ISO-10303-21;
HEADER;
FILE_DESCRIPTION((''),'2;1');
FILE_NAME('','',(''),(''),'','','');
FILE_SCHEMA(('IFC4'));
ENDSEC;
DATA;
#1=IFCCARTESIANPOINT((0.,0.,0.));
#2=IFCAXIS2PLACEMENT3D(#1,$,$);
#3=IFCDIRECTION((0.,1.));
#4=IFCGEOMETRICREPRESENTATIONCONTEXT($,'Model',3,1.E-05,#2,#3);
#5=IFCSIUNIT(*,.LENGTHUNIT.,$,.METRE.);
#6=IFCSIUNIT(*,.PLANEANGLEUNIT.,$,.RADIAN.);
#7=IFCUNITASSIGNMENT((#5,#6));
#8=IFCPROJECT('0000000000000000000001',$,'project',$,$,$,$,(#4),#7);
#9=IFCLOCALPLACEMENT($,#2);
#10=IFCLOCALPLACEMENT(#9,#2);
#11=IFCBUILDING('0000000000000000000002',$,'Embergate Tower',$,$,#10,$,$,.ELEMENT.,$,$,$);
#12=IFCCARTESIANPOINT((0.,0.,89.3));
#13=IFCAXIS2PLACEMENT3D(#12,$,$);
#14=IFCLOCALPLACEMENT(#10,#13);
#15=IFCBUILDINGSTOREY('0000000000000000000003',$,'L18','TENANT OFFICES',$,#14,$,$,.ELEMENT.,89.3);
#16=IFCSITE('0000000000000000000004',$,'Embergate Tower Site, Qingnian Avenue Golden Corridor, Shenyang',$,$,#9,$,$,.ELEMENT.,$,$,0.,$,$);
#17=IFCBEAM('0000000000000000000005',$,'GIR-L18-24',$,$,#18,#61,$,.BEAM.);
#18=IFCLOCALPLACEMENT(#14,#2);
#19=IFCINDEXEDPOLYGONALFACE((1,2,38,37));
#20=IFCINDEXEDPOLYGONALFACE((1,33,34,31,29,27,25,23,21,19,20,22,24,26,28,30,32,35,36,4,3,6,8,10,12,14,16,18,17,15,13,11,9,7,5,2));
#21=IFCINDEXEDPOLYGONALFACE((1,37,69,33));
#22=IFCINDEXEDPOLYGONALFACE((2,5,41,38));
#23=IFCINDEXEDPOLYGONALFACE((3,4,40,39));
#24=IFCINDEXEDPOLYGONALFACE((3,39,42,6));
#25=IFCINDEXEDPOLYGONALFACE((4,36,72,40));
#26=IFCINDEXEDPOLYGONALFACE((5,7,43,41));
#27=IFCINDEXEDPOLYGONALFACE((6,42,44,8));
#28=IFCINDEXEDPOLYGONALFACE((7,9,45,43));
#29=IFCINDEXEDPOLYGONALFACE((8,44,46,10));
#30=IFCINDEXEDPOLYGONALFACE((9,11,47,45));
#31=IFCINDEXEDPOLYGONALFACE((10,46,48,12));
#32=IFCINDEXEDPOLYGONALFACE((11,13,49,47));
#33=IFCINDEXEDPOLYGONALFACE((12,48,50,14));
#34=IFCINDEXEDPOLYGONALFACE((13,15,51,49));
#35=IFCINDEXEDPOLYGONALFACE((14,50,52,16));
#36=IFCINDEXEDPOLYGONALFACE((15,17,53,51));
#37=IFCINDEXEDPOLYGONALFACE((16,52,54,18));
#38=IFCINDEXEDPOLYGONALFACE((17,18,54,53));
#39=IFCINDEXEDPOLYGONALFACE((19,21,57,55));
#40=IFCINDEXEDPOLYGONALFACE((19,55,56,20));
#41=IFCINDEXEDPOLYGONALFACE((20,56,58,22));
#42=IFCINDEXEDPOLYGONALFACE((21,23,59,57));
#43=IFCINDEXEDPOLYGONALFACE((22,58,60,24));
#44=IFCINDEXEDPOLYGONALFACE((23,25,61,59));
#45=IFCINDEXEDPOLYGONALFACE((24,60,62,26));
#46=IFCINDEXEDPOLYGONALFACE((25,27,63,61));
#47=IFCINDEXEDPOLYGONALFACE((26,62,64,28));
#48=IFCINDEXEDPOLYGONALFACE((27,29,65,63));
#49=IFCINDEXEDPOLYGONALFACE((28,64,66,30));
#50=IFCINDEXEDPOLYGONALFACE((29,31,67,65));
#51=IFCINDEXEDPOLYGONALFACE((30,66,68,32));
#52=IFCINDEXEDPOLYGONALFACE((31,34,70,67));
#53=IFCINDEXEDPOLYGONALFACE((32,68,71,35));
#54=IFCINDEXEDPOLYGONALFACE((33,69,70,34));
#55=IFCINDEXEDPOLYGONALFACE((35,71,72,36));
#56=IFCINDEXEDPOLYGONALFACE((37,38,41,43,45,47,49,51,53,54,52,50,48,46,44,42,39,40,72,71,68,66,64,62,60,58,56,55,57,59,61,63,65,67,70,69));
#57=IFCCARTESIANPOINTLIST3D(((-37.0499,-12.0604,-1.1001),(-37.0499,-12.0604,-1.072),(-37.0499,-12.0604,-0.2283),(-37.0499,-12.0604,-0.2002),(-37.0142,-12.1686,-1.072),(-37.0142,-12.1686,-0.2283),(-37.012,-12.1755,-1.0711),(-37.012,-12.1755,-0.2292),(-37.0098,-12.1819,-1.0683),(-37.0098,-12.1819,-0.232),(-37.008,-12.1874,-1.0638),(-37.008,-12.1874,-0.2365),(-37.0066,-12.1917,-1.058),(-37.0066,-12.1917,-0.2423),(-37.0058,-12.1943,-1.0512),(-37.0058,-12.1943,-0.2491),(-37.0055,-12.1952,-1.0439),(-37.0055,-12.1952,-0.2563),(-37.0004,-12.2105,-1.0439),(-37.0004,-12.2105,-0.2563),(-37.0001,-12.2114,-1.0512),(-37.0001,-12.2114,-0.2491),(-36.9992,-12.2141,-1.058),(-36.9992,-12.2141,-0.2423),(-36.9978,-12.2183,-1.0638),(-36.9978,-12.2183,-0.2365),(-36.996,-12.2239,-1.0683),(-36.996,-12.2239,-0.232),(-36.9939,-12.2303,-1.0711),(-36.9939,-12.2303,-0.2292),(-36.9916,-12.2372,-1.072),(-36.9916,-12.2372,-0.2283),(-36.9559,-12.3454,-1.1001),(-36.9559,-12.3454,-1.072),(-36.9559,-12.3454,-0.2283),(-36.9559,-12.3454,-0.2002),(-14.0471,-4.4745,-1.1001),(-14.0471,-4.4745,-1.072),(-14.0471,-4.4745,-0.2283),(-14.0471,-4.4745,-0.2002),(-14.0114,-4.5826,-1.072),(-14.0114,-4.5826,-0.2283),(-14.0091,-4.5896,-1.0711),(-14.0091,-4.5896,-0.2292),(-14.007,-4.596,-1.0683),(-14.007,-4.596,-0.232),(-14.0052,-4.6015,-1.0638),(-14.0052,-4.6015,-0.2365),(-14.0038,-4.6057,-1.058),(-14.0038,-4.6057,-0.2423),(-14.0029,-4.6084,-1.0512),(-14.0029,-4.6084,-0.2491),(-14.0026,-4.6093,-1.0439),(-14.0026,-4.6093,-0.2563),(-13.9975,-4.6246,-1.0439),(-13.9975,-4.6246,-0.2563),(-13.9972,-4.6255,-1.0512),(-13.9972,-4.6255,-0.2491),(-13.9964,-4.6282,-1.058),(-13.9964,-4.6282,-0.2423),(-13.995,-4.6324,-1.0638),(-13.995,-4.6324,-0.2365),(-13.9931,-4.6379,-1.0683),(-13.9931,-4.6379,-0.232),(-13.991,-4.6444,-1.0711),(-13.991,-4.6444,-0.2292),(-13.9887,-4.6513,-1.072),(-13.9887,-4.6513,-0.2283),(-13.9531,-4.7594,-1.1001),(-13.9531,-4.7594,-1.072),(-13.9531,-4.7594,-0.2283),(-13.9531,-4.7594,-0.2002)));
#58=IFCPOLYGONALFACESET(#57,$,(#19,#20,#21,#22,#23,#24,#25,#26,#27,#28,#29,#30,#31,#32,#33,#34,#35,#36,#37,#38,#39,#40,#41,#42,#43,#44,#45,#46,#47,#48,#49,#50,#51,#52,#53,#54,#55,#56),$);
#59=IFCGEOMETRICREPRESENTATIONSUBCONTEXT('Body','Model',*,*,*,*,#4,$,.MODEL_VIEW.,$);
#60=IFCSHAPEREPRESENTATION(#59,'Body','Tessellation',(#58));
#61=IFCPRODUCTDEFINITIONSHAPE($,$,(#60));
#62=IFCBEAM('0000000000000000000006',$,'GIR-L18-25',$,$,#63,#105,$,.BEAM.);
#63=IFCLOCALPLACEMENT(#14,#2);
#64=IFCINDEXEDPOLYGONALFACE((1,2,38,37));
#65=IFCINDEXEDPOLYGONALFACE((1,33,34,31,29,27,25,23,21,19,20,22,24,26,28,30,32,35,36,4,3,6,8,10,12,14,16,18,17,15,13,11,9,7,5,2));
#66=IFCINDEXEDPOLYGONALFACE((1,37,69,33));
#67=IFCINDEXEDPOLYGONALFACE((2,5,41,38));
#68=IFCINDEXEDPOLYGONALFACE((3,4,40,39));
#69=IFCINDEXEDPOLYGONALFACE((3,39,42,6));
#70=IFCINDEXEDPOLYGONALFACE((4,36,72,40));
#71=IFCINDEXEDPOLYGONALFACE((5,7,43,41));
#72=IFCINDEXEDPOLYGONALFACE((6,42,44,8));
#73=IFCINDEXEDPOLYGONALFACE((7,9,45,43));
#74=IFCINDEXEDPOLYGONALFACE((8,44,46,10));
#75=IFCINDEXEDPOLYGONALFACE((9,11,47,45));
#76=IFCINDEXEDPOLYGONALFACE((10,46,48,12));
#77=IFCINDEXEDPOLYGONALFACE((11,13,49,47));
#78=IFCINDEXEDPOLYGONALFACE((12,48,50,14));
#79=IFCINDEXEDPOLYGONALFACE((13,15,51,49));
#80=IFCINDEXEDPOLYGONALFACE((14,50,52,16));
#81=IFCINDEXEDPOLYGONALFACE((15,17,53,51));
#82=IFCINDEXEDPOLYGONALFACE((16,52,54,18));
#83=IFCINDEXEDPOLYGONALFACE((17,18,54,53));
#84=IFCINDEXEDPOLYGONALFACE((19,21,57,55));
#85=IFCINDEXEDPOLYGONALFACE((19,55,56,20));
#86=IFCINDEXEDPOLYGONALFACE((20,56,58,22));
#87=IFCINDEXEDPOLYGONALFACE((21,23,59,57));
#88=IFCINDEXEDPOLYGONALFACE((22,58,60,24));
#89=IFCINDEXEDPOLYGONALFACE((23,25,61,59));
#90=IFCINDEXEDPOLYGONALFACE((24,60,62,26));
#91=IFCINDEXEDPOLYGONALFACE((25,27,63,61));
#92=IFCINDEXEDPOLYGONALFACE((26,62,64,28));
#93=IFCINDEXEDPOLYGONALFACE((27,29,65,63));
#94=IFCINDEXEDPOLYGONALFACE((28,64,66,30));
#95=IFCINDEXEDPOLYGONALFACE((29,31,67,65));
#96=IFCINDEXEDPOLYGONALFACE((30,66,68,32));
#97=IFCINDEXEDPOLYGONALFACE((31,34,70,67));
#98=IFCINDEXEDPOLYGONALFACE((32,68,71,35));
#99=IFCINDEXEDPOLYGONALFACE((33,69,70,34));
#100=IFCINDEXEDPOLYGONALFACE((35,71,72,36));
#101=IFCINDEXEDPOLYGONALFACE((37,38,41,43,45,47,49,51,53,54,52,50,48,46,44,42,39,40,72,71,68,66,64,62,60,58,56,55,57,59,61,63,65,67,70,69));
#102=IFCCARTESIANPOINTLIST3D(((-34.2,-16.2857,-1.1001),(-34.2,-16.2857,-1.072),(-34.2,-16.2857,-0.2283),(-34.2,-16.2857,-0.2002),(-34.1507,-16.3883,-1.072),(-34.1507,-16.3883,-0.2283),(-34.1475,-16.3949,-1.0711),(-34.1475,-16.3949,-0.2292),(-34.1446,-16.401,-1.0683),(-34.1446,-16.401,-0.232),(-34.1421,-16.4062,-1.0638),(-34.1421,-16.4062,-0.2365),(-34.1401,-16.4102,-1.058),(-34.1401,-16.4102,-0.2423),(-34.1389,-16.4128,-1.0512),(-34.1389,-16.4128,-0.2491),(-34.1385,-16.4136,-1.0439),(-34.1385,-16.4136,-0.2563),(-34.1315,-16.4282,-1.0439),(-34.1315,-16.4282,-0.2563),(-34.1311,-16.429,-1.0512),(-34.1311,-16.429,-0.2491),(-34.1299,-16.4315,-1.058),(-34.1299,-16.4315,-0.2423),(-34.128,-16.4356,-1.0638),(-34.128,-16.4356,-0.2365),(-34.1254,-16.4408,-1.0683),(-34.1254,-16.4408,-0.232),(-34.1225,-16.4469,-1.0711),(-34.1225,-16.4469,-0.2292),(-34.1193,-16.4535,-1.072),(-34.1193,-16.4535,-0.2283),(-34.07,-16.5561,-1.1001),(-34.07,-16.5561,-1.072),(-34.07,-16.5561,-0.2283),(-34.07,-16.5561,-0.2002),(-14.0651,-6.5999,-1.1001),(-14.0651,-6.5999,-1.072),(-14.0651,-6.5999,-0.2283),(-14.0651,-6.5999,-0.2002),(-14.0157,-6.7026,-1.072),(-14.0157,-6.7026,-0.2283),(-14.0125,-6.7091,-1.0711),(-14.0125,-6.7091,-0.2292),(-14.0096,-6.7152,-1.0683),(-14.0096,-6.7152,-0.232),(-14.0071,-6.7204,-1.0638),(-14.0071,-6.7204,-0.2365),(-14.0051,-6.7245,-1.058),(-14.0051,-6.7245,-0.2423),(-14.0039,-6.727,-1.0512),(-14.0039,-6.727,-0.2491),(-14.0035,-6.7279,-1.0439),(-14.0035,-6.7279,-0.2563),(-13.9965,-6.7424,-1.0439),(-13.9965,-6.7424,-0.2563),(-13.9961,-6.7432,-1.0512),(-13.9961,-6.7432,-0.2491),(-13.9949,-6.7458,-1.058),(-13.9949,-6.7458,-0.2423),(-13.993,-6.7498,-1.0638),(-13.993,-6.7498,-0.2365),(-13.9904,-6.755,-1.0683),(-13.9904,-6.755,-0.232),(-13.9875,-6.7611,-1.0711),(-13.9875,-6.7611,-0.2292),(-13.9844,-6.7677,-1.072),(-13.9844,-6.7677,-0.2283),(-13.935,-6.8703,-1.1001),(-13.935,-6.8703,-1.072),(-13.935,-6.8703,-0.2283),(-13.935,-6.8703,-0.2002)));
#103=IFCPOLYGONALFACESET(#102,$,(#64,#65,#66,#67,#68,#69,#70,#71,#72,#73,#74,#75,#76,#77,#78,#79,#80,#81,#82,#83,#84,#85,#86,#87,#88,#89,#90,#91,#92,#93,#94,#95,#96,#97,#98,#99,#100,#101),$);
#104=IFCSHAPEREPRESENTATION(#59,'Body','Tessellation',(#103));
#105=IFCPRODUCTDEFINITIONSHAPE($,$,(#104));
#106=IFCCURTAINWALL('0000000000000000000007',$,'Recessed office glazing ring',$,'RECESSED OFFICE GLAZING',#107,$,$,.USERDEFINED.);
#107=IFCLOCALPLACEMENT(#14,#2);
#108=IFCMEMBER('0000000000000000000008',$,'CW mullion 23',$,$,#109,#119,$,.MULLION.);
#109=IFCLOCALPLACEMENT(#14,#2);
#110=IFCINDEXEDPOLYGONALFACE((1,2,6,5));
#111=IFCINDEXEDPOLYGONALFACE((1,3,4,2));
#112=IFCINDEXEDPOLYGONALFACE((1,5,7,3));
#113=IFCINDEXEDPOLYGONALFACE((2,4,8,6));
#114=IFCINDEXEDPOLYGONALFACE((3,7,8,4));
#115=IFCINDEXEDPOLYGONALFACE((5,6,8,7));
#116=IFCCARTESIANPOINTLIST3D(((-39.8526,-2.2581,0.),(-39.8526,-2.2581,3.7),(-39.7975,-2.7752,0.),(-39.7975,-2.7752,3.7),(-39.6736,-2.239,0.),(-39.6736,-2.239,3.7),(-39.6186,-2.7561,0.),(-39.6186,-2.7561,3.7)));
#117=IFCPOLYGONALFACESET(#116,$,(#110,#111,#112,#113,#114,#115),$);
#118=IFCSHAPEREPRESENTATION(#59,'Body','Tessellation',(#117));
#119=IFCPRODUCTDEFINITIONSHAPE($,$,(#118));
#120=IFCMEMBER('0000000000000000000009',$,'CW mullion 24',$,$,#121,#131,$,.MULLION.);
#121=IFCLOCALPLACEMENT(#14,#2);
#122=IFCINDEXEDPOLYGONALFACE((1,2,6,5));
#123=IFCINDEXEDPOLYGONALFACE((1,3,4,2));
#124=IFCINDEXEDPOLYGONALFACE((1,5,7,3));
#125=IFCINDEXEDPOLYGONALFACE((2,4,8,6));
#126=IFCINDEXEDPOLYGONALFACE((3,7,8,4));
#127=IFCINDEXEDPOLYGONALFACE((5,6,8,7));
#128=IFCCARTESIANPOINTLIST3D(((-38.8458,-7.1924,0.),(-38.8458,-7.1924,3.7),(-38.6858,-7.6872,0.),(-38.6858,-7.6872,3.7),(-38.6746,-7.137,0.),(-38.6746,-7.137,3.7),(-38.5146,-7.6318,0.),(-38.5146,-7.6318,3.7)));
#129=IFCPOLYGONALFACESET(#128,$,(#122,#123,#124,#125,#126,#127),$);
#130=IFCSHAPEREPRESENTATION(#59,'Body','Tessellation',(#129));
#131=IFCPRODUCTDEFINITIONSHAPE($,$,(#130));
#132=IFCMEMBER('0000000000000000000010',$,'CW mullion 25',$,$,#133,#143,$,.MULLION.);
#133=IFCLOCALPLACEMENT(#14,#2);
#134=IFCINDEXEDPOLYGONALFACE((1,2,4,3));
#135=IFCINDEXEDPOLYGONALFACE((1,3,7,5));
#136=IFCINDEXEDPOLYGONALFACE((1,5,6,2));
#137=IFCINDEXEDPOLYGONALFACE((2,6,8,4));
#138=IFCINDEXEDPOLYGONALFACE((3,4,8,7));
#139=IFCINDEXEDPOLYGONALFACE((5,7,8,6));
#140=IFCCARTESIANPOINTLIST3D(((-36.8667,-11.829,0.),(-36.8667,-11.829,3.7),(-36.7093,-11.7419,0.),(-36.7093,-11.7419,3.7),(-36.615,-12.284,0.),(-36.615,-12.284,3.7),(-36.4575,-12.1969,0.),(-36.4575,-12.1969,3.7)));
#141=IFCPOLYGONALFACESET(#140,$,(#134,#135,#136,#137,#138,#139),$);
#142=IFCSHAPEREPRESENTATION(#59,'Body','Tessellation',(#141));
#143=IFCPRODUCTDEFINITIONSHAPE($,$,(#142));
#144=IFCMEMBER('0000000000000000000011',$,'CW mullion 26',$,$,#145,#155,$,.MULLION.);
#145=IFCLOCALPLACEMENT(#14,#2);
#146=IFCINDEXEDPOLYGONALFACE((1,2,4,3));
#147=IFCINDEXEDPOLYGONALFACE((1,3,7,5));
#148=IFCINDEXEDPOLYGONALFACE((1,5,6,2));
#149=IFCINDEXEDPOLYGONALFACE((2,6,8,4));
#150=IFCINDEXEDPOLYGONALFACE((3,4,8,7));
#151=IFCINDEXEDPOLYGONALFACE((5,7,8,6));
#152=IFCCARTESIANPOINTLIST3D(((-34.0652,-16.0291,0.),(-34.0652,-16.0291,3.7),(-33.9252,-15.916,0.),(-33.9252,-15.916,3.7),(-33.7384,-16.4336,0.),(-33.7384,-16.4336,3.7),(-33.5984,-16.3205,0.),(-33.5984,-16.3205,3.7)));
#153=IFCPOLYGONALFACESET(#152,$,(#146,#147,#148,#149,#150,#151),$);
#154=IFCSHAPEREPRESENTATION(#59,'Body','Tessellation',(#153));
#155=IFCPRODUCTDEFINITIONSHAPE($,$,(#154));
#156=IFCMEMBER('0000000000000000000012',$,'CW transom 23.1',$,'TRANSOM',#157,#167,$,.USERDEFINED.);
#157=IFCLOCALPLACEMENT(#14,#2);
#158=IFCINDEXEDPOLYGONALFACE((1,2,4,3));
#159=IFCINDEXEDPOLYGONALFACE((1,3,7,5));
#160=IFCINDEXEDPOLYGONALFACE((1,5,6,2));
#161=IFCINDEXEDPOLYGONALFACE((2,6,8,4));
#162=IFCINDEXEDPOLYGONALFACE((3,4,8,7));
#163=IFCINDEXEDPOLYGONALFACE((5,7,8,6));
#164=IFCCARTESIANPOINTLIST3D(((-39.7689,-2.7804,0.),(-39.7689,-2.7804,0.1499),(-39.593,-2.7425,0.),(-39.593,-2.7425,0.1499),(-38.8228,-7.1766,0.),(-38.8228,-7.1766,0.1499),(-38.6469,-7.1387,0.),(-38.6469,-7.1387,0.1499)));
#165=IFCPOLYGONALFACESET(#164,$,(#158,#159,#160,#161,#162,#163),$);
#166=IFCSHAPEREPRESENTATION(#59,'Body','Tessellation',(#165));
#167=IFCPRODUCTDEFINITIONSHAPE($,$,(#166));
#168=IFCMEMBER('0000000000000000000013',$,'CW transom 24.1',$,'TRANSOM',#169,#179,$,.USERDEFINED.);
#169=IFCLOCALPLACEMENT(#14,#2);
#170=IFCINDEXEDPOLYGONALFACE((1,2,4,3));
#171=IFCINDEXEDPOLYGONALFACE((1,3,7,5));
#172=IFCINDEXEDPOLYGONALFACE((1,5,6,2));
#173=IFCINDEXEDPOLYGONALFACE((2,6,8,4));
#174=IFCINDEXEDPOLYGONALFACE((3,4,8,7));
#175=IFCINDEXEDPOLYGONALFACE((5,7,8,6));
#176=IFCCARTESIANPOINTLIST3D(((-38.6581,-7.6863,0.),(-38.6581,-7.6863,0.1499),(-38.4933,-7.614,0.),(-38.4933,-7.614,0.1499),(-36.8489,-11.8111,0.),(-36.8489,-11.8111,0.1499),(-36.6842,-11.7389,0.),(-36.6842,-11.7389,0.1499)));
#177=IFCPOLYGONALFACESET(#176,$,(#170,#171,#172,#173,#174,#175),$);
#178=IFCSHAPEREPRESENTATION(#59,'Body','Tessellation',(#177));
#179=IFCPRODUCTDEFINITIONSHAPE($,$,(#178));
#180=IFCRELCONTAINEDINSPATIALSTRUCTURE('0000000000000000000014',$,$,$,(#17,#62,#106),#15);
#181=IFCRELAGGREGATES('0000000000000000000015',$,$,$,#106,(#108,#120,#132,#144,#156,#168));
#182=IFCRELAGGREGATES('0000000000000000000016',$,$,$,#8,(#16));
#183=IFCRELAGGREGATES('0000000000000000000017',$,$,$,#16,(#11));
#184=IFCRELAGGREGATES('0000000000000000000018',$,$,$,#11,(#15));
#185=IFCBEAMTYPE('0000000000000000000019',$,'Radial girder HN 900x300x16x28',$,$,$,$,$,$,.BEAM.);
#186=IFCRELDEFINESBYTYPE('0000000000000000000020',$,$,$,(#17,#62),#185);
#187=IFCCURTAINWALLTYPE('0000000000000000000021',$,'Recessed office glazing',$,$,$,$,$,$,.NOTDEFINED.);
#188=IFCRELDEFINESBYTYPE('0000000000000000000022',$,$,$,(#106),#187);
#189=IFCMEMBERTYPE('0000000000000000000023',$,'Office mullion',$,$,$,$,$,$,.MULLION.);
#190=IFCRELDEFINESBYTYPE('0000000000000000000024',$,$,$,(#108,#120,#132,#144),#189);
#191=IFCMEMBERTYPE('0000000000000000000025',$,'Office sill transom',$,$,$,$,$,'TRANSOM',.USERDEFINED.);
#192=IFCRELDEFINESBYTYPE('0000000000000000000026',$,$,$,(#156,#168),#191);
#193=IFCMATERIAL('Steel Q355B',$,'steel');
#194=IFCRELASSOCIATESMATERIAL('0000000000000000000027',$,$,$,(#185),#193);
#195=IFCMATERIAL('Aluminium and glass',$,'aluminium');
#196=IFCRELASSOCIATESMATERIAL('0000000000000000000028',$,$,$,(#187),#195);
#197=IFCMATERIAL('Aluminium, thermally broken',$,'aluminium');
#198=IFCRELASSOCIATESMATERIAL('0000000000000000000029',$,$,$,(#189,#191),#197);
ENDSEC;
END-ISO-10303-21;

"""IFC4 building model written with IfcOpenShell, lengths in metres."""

from ifc_helpers import new_model, si_unit, direction, frame, origin, origin_2d, place, context, subcontext, project, spatial, rectangle, i_section, extrude, source, transform, mapped, material, material_profile, profile_set, type_object, element, aggregate, save


model = new_model("IFC4")

# Units and contexts
model_context = context("Model", 3, precision=1e-05, world=origin(), true_north=direction((0.0, 1.0)))
body_context = subcontext(model_context, "Body", "Model", "MODEL_VIEW")
ifc_project = project(units=[si_unit("LENGTHUNIT", "METRE"), si_unit("PLANEANGLEUNIT", "RADIAN")], contexts=[model_context])

# Site, building, storey
site_placement = place(None, origin())
site = spatial("IfcSite", under=ifc_project, at=site_placement, Name="Embergate Tower Site, Qingnian Avenue Golden Corridor, Shenyang", CompositionType="ELEMENT", RefElevation=0.0)
building_placement = place(site_placement, origin())
building = spatial("IfcBuilding", under=site, at=building_placement, Name="Embergate Tower", CompositionType="ELEMENT")
storey_placement = place(building_placement, frame((0.0, 0.0, 89.3)))
storey = spatial("IfcBuildingStorey", under=building, at=storey_placement, Name="L18", Description="TENANT OFFICES", CompositionType="ELEMENT", Elevation=89.3)

# Beams
ifc_material_1 = material(Name="Steel Q355B", Category="steel")
ifc_material_profile_1 = material_profile(ifc_material_1, i_section(OverallWidth=0.3, OverallDepth=0.8999, WebThickness=0.0161, FlangeThickness=0.0281, FilletRadius=0.0281, at=origin_2d()), Name="HN 900x300x16x28")
ifc_profile_set_1 = profile_set([ifc_material_profile_1], Name="Steel Q355 grade B")
beam_type_1 = type_object("IfcBeamType", Name="Radial girder HN 900x300x16x28", PredefinedType="BEAM", material=ifc_profile_set_1)
shared_shape_1 = source(origin(), body_context, "Body", "SweptSolid", [
    extrude(i_section(OverallWidth=0.3, OverallDepth=0.8999, WebThickness=0.0161, FlangeThickness=0.0281, FilletRadius=0.0281, at=origin_2d()), origin(), (0.0, 0.0, 1.0), 24.2214),
])
beam_1_placement = place(storey_placement, frame((-37.0029, -12.2029, -0.6501), z_axis=(0.94969, 0.31319, 0.0), x_axis=(-0.31319, 0.94969, 0.0)))
element("IfcBeam", 1, at=beam_1_placement, inside=storey, type_object=beam_type_1, Name="GIR-L18-24", PredefinedType="BEAM", context=body_context, shape_type="MappedRepresentation", body=[
    mapped(shared_shape_1, transform((0.0, 0.0, 0.0))),
])
shared_shape_2 = source(origin(), body_context, "Body", "SweptSolid", [
    extrude(i_section(OverallWidth=0.3, OverallDepth=0.8999, WebThickness=0.0161, FlangeThickness=0.0281, FilletRadius=0.0281, at=origin_2d()), origin(), (0.0, 0.0, 1.0), 22.3435),
])
beam_2_placement = place(storey_placement, frame((-34.135, -16.4209, -0.6501), z_axis=(0.901156, 0.433494, 0.0), x_axis=(-0.433494, 0.901156, 0.0)))
element("IfcBeam", 2, at=beam_2_placement, inside=storey, type_object=beam_type_1, Name="GIR-L18-25", PredefinedType="BEAM", context=body_context, shape_type="MappedRepresentation", body=[
    mapped(shared_shape_2, transform((0.0, 0.0, 0.0))),
])

# Curtain wall, members
ifc_material_2 = material(Name="Aluminium and glass", Category="aluminium")
curtain_wall_type = type_object("IfcCurtainWallType", Name="Recessed office glazing", PredefinedType="NOTDEFINED", material=ifc_material_2)
curtain_wall_placement = place(storey_placement, origin())
curtain_wall = element("IfcCurtainWall", 3, at=curtain_wall_placement, inside=storey, type_object=curtain_wall_type, Name="Recessed office glazing ring", ObjectType="RECESSED OFFICE GLAZING", PredefinedType="USERDEFINED")
ifc_material_3 = material(Name="Aluminium, thermally broken", Category="aluminium")
ifc_material_profile_2 = material_profile(ifc_material_3, rectangle(XDim=0.1799, YDim=0.52, at=origin_2d()), Name="AL 520x180")
ifc_profile_set_2 = profile_set([ifc_material_profile_2], Name="Aluminium, thermally broken")
member_type_1 = type_object("IfcMemberType", Name="Office mullion", PredefinedType="MULLION", material=ifc_profile_set_2)
shared_shape_3 = source(origin(), body_context, "Body", "SweptSolid", [
    extrude(rectangle(XDim=0.1799, YDim=0.52, at=origin_2d()), origin(), (0.0, 0.0, 1.0), 3.7),
])
member_1_placement = place(storey_placement, frame((-39.7356, -2.5071, 0.0), z_axis=(0.0, 0.0, 1.0), x_axis=(0.994385, 0.105822, 0.0)))
member_1 = element("IfcMember", 4, at=member_1_placement, type_object=member_type_1, Name="CW mullion 23", PredefinedType="MULLION", context=body_context, shape_type="MappedRepresentation", body=[
    mapped(shared_shape_3, transform((0.0, 0.0, 0.0))),
])
member_2_placement = place(storey_placement, frame((-38.6802, -7.4121, 0.0), z_axis=(0.0, 0.0, 1.0), x_axis=(0.951499, 0.307651, 0.0)))
member_2 = element("IfcMember", 5, at=member_2_placement, type_object=member_type_1, Name="CW mullion 24", PredefinedType="MULLION", context=body_context, shape_type="MappedRepresentation", body=[
    mapped(shared_shape_3, transform((0.0, 0.0, 0.0))),
])
member_3_placement = place(storey_placement, frame((-36.6621, -12.0129, 0.0), z_axis=(0.0, 0.0, 1.0), x_axis=(0.875005, 0.484113, 0.0)))
member_3 = element("IfcMember", 6, at=member_3_placement, type_object=member_type_1, Name="CW mullion 25", PredefinedType="MULLION", context=body_context, shape_type="MappedRepresentation", body=[
    mapped(shared_shape_3, transform((0.0, 0.0, 0.0))),
])
member_4_placement = place(storey_placement, frame((-33.8318, -16.1748, 0.0), z_axis=(0.0, 0.0, 1.0), x_axis=(0.777876, 0.628418, 0.0)))
member_4 = element("IfcMember", 7, at=member_4_placement, type_object=member_type_1, Name="CW mullion 26", PredefinedType="MULLION", context=body_context, shape_type="MappedRepresentation", body=[
    mapped(shared_shape_3, transform((0.0, 0.0, 0.0))),
])
ifc_material_profile_3 = material_profile(ifc_material_3, rectangle(XDim=0.1799, YDim=0.1499, at=origin_2d()), Name="AL 150x180")
ifc_profile_set_3 = profile_set([ifc_material_profile_3], Name="Aluminium, thermally broken")
member_type_2 = type_object("IfcMemberType", Name="Office sill transom", ElementType="TRANSOM", PredefinedType="USERDEFINED", material=ifc_profile_set_3)
shared_shape_4 = source(origin(), body_context, "Body", "SweptSolid", [
    extrude(rectangle(XDim=0.1799, YDim=0.1499, at=origin_2d()), origin(), (0.0, 0.0, 1.0), 4.4968),
])
member_5_placement = place(storey_placement, frame((-39.6809, -2.7615, 0.075), z_axis=(0.210378, -0.97762, 0.0), x_axis=(0.97762, 0.210378, 0.0)))
member_5 = element("IfcMember", 8, at=member_5_placement, type_object=member_type_2, Name="CW transom 23.1", ObjectType="TRANSOM", PredefinedType="USERDEFINED", context=body_context, shape_type="MappedRepresentation", body=[
    mapped(shared_shape_4, transform((0.0, 0.0, 0.0))),
])
shared_shape_5 = source(origin(), body_context, "Body", "SweptSolid", [
    extrude(rectangle(XDim=0.1799, YDim=0.1499, at=origin_2d()), origin(), (0.0, 0.0, 1.0), 4.5042),
])
member_6_placement = place(storey_placement, frame((-38.5757, -7.6501, 0.075), z_axis=(0.401658, -0.91579, 0.0), x_axis=(0.91579, 0.401658, 0.0)))
member_6 = element("IfcMember", 9, at=member_6_placement, type_object=member_type_2, Name="CW transom 24.1", ObjectType="TRANSOM", PredefinedType="USERDEFINED", context=body_context, shape_type="MappedRepresentation", body=[
    mapped(shared_shape_5, transform((0.0, 0.0, 0.0))),
])
aggregate(curtain_wall, [member_1, member_2, member_3, member_4, member_5, member_6])

save(model, "model.ifc")
